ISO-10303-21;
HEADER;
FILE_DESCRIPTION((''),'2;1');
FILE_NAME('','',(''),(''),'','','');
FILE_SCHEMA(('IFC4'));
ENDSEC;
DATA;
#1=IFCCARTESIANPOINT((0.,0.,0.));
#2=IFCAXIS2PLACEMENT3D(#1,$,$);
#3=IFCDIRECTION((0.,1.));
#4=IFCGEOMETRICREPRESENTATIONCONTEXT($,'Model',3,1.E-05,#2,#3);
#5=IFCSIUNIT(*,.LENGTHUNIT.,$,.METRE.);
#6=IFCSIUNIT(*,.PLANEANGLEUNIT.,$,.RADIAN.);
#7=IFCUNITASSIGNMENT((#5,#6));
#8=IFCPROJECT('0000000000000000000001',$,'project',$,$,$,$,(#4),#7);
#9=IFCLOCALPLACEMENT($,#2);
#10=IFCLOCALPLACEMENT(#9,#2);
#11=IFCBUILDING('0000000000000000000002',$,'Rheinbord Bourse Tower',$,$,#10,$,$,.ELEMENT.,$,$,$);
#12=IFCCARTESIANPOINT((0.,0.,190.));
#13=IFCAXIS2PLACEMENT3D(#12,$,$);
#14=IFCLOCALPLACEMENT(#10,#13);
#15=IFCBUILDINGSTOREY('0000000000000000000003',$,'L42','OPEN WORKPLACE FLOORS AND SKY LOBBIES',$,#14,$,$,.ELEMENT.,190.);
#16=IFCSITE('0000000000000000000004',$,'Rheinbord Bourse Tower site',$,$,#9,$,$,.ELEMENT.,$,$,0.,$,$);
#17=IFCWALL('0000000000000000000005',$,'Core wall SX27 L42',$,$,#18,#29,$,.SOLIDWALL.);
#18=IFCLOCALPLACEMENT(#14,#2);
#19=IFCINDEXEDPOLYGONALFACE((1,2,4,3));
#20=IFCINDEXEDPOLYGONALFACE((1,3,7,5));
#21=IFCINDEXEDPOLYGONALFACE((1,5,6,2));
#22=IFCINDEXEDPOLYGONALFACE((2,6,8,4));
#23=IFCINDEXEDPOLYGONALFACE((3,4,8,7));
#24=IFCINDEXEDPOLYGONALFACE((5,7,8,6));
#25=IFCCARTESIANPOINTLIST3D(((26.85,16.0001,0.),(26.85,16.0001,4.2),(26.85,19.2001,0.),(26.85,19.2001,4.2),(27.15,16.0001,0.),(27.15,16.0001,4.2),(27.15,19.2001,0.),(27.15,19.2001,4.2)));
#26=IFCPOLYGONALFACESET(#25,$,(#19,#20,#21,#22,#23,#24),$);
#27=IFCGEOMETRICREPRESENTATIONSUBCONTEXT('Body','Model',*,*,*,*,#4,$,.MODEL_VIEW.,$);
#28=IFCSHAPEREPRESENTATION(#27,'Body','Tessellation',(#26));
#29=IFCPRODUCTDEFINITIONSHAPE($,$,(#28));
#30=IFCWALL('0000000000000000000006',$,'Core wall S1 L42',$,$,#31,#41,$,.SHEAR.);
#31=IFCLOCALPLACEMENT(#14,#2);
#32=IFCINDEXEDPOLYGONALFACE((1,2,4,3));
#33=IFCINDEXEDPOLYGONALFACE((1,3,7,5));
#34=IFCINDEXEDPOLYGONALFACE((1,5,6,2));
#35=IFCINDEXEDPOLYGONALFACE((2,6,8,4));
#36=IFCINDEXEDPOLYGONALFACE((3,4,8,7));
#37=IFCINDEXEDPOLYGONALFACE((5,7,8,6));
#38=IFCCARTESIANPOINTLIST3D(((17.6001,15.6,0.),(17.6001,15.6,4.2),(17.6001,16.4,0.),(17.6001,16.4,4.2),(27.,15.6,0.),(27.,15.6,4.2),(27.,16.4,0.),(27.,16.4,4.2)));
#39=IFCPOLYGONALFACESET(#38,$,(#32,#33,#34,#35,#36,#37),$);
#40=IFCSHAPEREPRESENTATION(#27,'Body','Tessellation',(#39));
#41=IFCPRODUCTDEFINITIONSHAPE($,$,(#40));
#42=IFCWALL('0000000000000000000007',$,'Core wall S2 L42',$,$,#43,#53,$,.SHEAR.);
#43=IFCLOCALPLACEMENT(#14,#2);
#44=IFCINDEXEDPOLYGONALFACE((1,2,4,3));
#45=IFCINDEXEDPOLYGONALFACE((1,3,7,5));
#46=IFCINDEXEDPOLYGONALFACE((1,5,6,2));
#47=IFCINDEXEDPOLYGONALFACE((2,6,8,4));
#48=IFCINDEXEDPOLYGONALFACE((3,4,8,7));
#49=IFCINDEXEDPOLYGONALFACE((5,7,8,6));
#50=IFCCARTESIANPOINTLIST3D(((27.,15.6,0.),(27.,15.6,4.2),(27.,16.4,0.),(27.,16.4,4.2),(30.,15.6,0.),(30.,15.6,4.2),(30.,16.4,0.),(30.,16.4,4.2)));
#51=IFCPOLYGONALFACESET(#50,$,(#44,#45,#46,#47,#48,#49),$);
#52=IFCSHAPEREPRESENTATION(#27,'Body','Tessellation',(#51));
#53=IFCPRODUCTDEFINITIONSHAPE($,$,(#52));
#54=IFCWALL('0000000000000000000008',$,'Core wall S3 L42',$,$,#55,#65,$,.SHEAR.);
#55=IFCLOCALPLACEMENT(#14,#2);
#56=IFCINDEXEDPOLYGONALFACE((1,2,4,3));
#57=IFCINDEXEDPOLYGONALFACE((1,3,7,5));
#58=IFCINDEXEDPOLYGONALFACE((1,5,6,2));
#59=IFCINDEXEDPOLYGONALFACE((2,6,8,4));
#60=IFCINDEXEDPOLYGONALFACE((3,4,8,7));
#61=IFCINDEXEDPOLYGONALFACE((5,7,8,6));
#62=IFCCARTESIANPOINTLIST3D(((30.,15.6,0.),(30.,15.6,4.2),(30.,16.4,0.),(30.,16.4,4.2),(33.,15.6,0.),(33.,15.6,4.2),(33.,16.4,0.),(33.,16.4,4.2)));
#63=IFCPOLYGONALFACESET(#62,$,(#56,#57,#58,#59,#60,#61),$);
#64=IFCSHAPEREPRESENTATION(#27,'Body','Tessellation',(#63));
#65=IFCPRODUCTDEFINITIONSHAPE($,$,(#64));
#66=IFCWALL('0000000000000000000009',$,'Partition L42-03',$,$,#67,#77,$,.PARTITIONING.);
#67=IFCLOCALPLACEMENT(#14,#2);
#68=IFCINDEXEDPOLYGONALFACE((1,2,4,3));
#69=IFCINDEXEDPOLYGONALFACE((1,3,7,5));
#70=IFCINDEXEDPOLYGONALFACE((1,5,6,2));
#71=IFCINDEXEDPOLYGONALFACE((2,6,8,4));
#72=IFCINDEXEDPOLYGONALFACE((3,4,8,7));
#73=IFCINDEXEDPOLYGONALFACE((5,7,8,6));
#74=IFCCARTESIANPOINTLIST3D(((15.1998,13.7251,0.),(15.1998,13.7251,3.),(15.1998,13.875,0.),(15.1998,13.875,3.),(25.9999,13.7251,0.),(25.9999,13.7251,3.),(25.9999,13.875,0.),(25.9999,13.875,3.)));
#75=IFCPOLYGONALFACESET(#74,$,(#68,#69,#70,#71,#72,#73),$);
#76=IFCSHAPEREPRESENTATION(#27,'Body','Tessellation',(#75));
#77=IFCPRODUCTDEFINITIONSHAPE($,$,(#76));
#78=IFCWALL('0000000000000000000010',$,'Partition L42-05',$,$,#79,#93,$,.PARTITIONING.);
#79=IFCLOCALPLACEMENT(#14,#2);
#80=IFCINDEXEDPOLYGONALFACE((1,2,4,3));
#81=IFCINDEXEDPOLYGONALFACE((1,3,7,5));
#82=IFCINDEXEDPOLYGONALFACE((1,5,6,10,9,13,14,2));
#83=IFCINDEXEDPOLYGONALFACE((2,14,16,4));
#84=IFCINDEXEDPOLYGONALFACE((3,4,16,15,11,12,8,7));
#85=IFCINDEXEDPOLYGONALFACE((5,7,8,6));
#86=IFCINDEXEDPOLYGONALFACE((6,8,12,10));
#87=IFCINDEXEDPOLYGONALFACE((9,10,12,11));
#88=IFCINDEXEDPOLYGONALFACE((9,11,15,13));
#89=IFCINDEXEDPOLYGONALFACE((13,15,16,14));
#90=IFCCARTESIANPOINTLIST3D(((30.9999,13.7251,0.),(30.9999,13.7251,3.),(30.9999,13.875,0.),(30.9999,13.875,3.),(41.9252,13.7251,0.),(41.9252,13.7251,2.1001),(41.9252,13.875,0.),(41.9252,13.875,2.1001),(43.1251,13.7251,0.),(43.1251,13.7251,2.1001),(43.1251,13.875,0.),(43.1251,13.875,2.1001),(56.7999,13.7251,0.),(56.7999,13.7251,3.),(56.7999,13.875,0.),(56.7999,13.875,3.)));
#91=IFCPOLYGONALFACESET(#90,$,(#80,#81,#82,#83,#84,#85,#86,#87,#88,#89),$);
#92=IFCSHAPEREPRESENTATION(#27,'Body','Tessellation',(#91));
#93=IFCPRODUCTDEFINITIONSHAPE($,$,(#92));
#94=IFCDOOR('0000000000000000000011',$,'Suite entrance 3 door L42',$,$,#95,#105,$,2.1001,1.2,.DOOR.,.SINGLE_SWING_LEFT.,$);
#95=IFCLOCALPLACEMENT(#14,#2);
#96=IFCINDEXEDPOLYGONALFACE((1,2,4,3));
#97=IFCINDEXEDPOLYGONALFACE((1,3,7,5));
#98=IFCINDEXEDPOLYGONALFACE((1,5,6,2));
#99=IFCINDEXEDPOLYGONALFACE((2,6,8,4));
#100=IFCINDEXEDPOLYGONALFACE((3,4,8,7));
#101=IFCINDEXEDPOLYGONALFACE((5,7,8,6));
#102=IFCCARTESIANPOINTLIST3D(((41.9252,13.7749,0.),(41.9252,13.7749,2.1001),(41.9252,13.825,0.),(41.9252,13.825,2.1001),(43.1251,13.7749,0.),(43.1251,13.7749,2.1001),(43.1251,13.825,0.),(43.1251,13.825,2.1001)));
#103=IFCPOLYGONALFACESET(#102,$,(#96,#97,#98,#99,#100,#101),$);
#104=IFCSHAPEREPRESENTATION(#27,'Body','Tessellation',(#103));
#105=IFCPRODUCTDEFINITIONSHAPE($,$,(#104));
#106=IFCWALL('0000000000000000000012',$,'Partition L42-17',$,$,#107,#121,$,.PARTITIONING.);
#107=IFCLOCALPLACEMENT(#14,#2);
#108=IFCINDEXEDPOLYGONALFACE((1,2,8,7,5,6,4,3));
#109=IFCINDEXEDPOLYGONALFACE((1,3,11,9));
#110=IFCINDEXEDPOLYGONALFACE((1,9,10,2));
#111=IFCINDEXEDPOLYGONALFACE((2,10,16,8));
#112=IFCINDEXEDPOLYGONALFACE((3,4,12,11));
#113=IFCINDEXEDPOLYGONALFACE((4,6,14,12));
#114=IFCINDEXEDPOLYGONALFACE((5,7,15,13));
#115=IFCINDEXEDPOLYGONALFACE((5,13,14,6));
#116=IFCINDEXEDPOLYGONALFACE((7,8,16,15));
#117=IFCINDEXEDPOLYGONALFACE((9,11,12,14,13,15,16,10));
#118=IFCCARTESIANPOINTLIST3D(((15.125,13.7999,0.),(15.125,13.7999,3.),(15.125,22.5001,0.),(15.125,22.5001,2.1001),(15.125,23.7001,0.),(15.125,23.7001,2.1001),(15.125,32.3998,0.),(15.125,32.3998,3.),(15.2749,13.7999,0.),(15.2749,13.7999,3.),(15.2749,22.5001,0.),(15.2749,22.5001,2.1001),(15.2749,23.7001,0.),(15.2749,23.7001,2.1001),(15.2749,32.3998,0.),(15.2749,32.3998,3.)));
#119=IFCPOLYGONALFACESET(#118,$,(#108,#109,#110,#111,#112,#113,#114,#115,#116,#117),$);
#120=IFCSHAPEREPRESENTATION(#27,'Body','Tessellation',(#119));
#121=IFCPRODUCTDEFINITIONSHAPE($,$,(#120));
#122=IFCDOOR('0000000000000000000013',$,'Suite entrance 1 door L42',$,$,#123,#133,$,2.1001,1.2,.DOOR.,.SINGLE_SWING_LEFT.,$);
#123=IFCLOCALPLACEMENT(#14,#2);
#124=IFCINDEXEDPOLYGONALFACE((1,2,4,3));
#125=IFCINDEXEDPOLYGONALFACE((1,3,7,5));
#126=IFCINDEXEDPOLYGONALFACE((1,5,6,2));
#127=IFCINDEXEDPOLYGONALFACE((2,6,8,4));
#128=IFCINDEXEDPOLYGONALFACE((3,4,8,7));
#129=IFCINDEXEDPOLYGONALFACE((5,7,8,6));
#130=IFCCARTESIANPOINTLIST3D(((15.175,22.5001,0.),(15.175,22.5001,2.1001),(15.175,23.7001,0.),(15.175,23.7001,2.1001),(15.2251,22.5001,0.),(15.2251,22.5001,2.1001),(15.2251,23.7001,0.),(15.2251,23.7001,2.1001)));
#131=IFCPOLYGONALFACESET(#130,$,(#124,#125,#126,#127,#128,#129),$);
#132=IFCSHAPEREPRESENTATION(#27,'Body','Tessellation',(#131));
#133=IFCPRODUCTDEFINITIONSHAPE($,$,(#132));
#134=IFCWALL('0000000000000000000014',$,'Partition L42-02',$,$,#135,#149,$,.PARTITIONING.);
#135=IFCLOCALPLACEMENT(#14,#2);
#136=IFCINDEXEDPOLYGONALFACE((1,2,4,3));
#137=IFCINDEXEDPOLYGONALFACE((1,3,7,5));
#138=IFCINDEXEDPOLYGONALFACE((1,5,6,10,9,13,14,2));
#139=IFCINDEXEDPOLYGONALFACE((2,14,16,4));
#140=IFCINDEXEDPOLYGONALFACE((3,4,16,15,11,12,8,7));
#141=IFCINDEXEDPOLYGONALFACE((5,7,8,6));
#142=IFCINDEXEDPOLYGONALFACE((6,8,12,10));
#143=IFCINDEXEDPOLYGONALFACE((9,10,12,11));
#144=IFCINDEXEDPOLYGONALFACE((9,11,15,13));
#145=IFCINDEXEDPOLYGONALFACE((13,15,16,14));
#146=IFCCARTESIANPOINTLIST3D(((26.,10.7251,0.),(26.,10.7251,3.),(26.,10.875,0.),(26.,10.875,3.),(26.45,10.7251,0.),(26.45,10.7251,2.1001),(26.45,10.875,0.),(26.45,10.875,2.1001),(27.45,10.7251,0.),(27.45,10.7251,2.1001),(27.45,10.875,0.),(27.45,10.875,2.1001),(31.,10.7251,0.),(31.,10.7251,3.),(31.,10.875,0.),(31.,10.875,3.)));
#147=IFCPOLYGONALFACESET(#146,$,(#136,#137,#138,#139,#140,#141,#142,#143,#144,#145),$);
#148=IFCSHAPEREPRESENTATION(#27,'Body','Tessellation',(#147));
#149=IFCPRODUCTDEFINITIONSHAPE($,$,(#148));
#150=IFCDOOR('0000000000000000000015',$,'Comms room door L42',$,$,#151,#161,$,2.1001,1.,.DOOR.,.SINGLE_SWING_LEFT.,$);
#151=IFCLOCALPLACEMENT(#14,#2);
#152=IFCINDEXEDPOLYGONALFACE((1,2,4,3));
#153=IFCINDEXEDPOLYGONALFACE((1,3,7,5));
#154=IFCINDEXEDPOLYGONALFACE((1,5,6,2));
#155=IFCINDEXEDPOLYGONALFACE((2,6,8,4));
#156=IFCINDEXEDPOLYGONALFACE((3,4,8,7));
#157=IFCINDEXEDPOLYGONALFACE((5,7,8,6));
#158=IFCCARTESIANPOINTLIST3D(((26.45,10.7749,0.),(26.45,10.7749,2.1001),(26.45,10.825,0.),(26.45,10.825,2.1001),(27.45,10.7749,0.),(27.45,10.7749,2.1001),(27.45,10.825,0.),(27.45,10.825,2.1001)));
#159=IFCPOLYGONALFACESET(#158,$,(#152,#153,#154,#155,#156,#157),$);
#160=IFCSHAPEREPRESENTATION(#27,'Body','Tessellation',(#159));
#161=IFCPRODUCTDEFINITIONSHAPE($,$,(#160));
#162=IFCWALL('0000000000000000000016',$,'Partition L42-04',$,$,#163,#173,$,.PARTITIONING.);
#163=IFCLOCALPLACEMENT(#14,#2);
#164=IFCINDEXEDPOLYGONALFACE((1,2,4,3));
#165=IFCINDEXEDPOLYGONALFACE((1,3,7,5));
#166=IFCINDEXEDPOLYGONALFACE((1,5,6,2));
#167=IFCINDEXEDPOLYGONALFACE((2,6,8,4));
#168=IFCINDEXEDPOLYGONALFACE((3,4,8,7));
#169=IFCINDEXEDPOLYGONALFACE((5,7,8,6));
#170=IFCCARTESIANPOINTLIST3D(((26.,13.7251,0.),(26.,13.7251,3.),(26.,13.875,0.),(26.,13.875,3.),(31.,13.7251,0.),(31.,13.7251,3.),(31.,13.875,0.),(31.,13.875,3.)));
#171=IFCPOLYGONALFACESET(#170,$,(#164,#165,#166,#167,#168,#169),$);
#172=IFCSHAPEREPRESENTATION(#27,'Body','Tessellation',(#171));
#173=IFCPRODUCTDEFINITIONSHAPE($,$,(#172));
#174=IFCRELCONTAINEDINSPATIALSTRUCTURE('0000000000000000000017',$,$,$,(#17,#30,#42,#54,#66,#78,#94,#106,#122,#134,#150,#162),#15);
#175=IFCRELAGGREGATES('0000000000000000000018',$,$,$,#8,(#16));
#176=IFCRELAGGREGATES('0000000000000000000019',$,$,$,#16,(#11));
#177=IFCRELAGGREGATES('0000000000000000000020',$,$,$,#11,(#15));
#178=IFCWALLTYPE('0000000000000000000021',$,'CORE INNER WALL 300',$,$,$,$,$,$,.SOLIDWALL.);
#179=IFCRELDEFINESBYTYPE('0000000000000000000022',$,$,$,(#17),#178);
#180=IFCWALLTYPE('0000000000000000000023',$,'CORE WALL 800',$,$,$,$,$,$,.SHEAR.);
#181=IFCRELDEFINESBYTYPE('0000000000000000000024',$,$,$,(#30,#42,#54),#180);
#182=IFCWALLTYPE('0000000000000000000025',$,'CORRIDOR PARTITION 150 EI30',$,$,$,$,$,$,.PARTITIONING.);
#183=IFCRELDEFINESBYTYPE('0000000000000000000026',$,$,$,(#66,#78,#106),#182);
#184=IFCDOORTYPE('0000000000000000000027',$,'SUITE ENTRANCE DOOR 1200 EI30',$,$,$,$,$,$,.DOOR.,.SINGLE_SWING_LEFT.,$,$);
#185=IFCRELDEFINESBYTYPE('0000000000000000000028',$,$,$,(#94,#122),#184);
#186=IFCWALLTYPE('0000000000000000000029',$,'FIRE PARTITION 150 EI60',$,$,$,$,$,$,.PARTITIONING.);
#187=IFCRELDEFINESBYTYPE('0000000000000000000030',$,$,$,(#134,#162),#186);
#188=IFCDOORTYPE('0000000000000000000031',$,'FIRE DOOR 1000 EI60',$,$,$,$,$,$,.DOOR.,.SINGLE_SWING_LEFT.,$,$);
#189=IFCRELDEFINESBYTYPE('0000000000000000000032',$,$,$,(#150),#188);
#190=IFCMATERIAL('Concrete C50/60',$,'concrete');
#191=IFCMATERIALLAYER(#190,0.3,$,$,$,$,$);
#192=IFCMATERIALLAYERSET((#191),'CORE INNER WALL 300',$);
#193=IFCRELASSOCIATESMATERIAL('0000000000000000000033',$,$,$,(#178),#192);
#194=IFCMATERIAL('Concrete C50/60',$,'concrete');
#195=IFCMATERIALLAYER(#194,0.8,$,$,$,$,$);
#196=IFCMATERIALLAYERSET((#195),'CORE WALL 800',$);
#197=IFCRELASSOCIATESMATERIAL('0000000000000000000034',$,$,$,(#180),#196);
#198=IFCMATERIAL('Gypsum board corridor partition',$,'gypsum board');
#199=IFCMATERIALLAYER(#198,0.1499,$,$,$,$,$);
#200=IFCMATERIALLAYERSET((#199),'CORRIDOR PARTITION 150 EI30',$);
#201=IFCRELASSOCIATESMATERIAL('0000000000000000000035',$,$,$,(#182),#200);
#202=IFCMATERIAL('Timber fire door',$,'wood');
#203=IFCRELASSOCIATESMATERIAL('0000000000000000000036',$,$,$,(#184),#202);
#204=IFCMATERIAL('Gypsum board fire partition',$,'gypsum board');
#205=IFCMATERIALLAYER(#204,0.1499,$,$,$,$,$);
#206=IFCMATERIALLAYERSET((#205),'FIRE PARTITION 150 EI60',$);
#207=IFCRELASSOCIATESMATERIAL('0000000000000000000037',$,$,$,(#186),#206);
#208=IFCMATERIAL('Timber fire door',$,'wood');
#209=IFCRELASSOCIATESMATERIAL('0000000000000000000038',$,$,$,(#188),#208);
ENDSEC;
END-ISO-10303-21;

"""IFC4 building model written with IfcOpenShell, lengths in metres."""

from ifc_helpers import new_model, si_unit, direction, frame, frame_2d, origin, place, context, subcontext, project, spatial, rectangle, extrude, material, layer, layer_set, type_object, element, fill, save


model = new_model("IFC4")

# Units and contexts
model_context = context("Model", 3, precision=1e-05, world=origin(), true_north=direction((0.0, 1.0)))
body_context = subcontext(model_context, "Body", "Model", "MODEL_VIEW")
ifc_project = project(units=[si_unit("LENGTHUNIT", "METRE"), si_unit("PLANEANGLEUNIT", "RADIAN")], contexts=[model_context])

# Site, building, storey
site_placement = place(None, origin())
site = spatial("IfcSite", under=ifc_project, at=site_placement, Name="Rheinbord Bourse Tower site", CompositionType="ELEMENT", RefElevation=0.0)
building_placement = place(site_placement, origin())
building = spatial("IfcBuilding", under=site, at=building_placement, Name="Rheinbord Bourse Tower", CompositionType="ELEMENT")
storey_placement = place(building_placement, frame((0.0, 0.0, 190.0)))
storey = spatial("IfcBuildingStorey", under=building, at=storey_placement, Name="L42", Description="OPEN WORKPLACE FLOORS AND SKY LOBBIES", CompositionType="ELEMENT", Elevation=190.0)

# Walls
ifc_material_1 = material(Name="Concrete C50/60", Category="concrete")
ifc_layer_1 = layer(ifc_material_1, 0.3)
ifc_layer_set_1 = layer_set([ifc_layer_1], Name="CORE INNER WALL 300")
wall_type_1 = type_object("IfcWallType", Name="CORE INNER WALL 300", PredefinedType="SOLIDWALL", material=ifc_layer_set_1)
wall_1_placement = place(storey_placement, frame((27.0, 16.0, 0.0), z_axis=(0.0, 0.0, 1.0), x_axis=(0.0, 1.0, 0.0)))
element("IfcWall", 1, at=wall_1_placement, inside=storey, type_object=wall_type_1, Name="Core wall SX27 L42", PredefinedType="SOLIDWALL", context=body_context, shape_type="SweptSolid", body=[
    extrude(rectangle(XDim=3.2, YDim=0.3, at=frame_2d((1.6001, 0.0))), origin(), (0.0, 0.0, 1.0), 4.2),
])
ifc_material_2 = material(Name="Concrete C50/60", Category="concrete")
ifc_layer_2 = layer(ifc_material_2, 0.8)
ifc_layer_set_2 = layer_set([ifc_layer_2], Name="CORE WALL 800")
wall_type_2 = type_object("IfcWallType", Name="CORE WALL 800", PredefinedType="SHEAR", material=ifc_layer_set_2)
wall_2_placement = place(storey_placement, frame((17.6001, 16.0, 0.0), z_axis=(0.0, 0.0, 1.0), x_axis=(1.0, 0.0, 0.0)))
element("IfcWall", 2, at=wall_2_placement, inside=storey, type_object=wall_type_2, Name="Core wall S1 L42", PredefinedType="SHEAR", context=body_context, shape_type="SweptSolid", body=[
    extrude(rectangle(XDim=9.3999, YDim=0.8, at=frame_2d((4.7, 0.0))), origin(), (0.0, 0.0, 1.0), 4.2),
])
for number, where, z_axis, x_axis, name in (
    (3, (27.0, 16.0, 0.0), (0.0, 0.0, 1.0), (1.0, 0.0, 0.0), "Core wall S2 L42"),
    (4, (30.0, 16.0, 0.0), (0.0, 0.0, 1.0), (1.0, 0.0, 0.0), "Core wall S3 L42"),
):
    element("IfcWall", number, at=place(storey_placement, frame(where, z_axis=z_axis, x_axis=x_axis)), inside=storey, type_object=wall_type_2, Name=name, PredefinedType="SHEAR", context=body_context, shape_type="SweptSolid", body=[
        extrude(rectangle(XDim=3.0, YDim=0.8, at=frame_2d((1.5, 0.0))), origin(), (0.0, 0.0, 1.0), 4.2),
    ])
ifc_material_3 = material(Name="Gypsum board corridor partition", Category="gypsum board")
ifc_layer_3 = layer(ifc_material_3, 0.1499)
ifc_layer_set_3 = layer_set([ifc_layer_3], Name="CORRIDOR PARTITION 150 EI30")
wall_type_3 = type_object("IfcWallType", Name="CORRIDOR PARTITION 150 EI30", PredefinedType="PARTITIONING", material=ifc_layer_set_3)
wall_3_placement = place(storey_placement, frame((15.2, 13.8, 0.0), z_axis=(0.0, 0.0, 1.0), x_axis=(1.0, 0.0, 0.0)))
element("IfcWall", 5, at=wall_3_placement, inside=storey, type_object=wall_type_3, Name="Partition L42-03", PredefinedType="PARTITIONING", context=body_context, shape_type="SweptSolid", body=[
    extrude(rectangle(XDim=10.8, YDim=0.1499, at=frame_2d((5.3999, 0.0))), origin(), (0.0, 0.0, 1.0), 3.0),
])

# Walls, openings, doors
wall_4_placement = place(storey_placement, frame((31.0, 13.8, 0.0), z_axis=(0.0, 0.0, 1.0), x_axis=(1.0, 0.0, 0.0)))
wall_4 = element("IfcWall", 6, at=wall_4_placement, inside=storey, type_object=wall_type_3, Name="Partition L42-05", PredefinedType="PARTITIONING", context=body_context, shape_type="SweptSolid", body=[
    extrude(rectangle(XDim=25.8, YDim=0.1499, at=frame_2d((12.8999, 0.0))), origin(), (0.0, 0.0, 1.0), 3.0),
])
opening_1_placement = place(wall_4_placement, frame((10.925, 0.0, 0.0)))
opening_1 = element("IfcOpeningElement", 7, at=opening_1_placement, cuts=wall_4, PredefinedType="OPENING", context=body_context, shape_type="SweptSolid", body=[
    extrude(rectangle(XDim=1.2, YDim=2.1001, at=frame_2d((0.6001, 1.05))), frame((0.0, 0.085, 0.0), z_axis=(0.0, -1.0, 0.0), x_axis=(1.0, 0.0, 0.0)), (0.0, 0.0, 1.0), 0.1699),
])
ifc_material_4 = material(Name="Timber fire door", Category="wood")
door_type_1 = type_object("IfcDoorType", Name="SUITE ENTRANCE DOOR 1200 EI30", OperationType="SINGLE_SWING_LEFT", PredefinedType="DOOR", material=ifc_material_4)
door_1_placement = place(opening_1_placement, origin())
door_1 = element("IfcDoor", 8, at=door_1_placement, inside=storey, type_object=door_type_1, Name="Suite entrance 3 door L42", OperationType="SINGLE_SWING_LEFT", OverallHeight=2.1001, OverallWidth=1.2, PredefinedType="DOOR", context=body_context, shape_type="SweptSolid", body=[
    extrude(rectangle(XDim=1.2, YDim=2.1001, at=frame_2d((0.6001, 1.05))), frame((0.0, 0.0249, 0.0), z_axis=(0.0, -1.0, 0.0), x_axis=(1.0, 0.0, 0.0)), (0.0, 0.0, 1.0), 0.05),
])
fill(opening_1, door_1)
wall_5_placement = place(storey_placement, frame((15.2, 13.8, 0.0), z_axis=(0.0, 0.0, 1.0), x_axis=(0.0, 1.0, 0.0)))
wall_5 = element("IfcWall", 9, at=wall_5_placement, inside=storey, type_object=wall_type_3, Name="Partition L42-17", PredefinedType="PARTITIONING", context=body_context, shape_type="SweptSolid", body=[
    extrude(rectangle(XDim=18.5999, YDim=0.1499, at=frame_2d((9.2998, 0.0))), origin(), (0.0, 0.0, 1.0), 3.0),
])
opening_2_placement = place(wall_5_placement, frame((8.7, 0.0, 0.0)))
opening_2 = element("IfcOpeningElement", 10, at=opening_2_placement, cuts=wall_5, PredefinedType="OPENING", context=body_context, shape_type="SweptSolid", body=[
    extrude(rectangle(XDim=1.2, YDim=2.1001, at=frame_2d((0.6001, 1.05))), frame((0.0, 0.085, 0.0), z_axis=(0.0, -1.0, 0.0), x_axis=(1.0, 0.0, 0.0)), (0.0, 0.0, 1.0), 0.1699),
])
door_2_placement = place(opening_2_placement, origin())
door_2 = element("IfcDoor", 11, at=door_2_placement, inside=storey, type_object=door_type_1, Name="Suite entrance 1 door L42", OperationType="SINGLE_SWING_LEFT", OverallHeight=2.1001, OverallWidth=1.2, PredefinedType="DOOR", context=body_context, shape_type="SweptSolid", body=[
    extrude(rectangle(XDim=1.2, YDim=2.1001, at=frame_2d((0.6001, 1.05))), frame((0.0, 0.0249, 0.0), z_axis=(0.0, -1.0, 0.0), x_axis=(1.0, 0.0, 0.0)), (0.0, 0.0, 1.0), 0.05),
])
fill(opening_2, door_2)
ifc_material_5 = material(Name="Gypsum board fire partition", Category="gypsum board")
ifc_layer_4 = layer(ifc_material_5, 0.1499)
ifc_layer_set_4 = layer_set([ifc_layer_4], Name="FIRE PARTITION 150 EI60")
wall_type_4 = type_object("IfcWallType", Name="FIRE PARTITION 150 EI60", PredefinedType="PARTITIONING", material=ifc_layer_set_4)
wall_6_placement = place(storey_placement, frame((26.0, 10.8, 0.0), z_axis=(0.0, 0.0, 1.0), x_axis=(1.0, 0.0, 0.0)))
wall_6 = element("IfcWall", 12, at=wall_6_placement, inside=storey, type_object=wall_type_4, Name="Partition L42-02", PredefinedType="PARTITIONING", context=body_context, shape_type="SweptSolid", body=[
    extrude(rectangle(XDim=5.0, YDim=0.1499, at=frame_2d((2.5, 0.0))), origin(), (0.0, 0.0, 1.0), 3.0),
])
opening_3_placement = place(wall_6_placement, frame((0.45, 0.0, 0.0)))
opening_3 = element("IfcOpeningElement", 13, at=opening_3_placement, cuts=wall_6, PredefinedType="OPENING", context=body_context, shape_type="SweptSolid", body=[
    extrude(rectangle(XDim=1.0, YDim=2.1001, at=frame_2d((0.5, 1.05))), frame((0.0, 0.085, 0.0), z_axis=(0.0, -1.0, 0.0), x_axis=(1.0, 0.0, 0.0)), (0.0, 0.0, 1.0), 0.1699),
])
ifc_material_6 = material(Name="Timber fire door", Category="wood")
door_type_2 = type_object("IfcDoorType", Name="FIRE DOOR 1000 EI60", OperationType="SINGLE_SWING_LEFT", PredefinedType="DOOR", material=ifc_material_6)
door_3_placement = place(opening_3_placement, origin())
door_3 = element("IfcDoor", 14, at=door_3_placement, inside=storey, type_object=door_type_2, Name="Comms room door L42", OperationType="SINGLE_SWING_LEFT", OverallHeight=2.1001, OverallWidth=1.0, PredefinedType="DOOR", context=body_context, shape_type="SweptSolid", body=[
    extrude(rectangle(XDim=1.0, YDim=2.1001, at=frame_2d((0.5, 1.05))), frame((0.0, 0.0249, 0.0), z_axis=(0.0, -1.0, 0.0), x_axis=(1.0, 0.0, 0.0)), (0.0, 0.0, 1.0), 0.05),
])
fill(opening_3, door_3)

# Wall
wall_7_placement = place(storey_placement, frame((26.0, 13.8, 0.0), z_axis=(0.0, 0.0, 1.0), x_axis=(1.0, 0.0, 0.0)))
element("IfcWall", 15, at=wall_7_placement, inside=storey, type_object=wall_type_4, Name="Partition L42-04", PredefinedType="PARTITIONING", context=body_context, shape_type="SweptSolid", body=[
    extrude(rectangle(XDim=5.0, YDim=0.1499, at=frame_2d((2.5, 0.0))), origin(), (0.0, 0.0, 1.0), 3.0),
])

save(model, "model.ifc")
